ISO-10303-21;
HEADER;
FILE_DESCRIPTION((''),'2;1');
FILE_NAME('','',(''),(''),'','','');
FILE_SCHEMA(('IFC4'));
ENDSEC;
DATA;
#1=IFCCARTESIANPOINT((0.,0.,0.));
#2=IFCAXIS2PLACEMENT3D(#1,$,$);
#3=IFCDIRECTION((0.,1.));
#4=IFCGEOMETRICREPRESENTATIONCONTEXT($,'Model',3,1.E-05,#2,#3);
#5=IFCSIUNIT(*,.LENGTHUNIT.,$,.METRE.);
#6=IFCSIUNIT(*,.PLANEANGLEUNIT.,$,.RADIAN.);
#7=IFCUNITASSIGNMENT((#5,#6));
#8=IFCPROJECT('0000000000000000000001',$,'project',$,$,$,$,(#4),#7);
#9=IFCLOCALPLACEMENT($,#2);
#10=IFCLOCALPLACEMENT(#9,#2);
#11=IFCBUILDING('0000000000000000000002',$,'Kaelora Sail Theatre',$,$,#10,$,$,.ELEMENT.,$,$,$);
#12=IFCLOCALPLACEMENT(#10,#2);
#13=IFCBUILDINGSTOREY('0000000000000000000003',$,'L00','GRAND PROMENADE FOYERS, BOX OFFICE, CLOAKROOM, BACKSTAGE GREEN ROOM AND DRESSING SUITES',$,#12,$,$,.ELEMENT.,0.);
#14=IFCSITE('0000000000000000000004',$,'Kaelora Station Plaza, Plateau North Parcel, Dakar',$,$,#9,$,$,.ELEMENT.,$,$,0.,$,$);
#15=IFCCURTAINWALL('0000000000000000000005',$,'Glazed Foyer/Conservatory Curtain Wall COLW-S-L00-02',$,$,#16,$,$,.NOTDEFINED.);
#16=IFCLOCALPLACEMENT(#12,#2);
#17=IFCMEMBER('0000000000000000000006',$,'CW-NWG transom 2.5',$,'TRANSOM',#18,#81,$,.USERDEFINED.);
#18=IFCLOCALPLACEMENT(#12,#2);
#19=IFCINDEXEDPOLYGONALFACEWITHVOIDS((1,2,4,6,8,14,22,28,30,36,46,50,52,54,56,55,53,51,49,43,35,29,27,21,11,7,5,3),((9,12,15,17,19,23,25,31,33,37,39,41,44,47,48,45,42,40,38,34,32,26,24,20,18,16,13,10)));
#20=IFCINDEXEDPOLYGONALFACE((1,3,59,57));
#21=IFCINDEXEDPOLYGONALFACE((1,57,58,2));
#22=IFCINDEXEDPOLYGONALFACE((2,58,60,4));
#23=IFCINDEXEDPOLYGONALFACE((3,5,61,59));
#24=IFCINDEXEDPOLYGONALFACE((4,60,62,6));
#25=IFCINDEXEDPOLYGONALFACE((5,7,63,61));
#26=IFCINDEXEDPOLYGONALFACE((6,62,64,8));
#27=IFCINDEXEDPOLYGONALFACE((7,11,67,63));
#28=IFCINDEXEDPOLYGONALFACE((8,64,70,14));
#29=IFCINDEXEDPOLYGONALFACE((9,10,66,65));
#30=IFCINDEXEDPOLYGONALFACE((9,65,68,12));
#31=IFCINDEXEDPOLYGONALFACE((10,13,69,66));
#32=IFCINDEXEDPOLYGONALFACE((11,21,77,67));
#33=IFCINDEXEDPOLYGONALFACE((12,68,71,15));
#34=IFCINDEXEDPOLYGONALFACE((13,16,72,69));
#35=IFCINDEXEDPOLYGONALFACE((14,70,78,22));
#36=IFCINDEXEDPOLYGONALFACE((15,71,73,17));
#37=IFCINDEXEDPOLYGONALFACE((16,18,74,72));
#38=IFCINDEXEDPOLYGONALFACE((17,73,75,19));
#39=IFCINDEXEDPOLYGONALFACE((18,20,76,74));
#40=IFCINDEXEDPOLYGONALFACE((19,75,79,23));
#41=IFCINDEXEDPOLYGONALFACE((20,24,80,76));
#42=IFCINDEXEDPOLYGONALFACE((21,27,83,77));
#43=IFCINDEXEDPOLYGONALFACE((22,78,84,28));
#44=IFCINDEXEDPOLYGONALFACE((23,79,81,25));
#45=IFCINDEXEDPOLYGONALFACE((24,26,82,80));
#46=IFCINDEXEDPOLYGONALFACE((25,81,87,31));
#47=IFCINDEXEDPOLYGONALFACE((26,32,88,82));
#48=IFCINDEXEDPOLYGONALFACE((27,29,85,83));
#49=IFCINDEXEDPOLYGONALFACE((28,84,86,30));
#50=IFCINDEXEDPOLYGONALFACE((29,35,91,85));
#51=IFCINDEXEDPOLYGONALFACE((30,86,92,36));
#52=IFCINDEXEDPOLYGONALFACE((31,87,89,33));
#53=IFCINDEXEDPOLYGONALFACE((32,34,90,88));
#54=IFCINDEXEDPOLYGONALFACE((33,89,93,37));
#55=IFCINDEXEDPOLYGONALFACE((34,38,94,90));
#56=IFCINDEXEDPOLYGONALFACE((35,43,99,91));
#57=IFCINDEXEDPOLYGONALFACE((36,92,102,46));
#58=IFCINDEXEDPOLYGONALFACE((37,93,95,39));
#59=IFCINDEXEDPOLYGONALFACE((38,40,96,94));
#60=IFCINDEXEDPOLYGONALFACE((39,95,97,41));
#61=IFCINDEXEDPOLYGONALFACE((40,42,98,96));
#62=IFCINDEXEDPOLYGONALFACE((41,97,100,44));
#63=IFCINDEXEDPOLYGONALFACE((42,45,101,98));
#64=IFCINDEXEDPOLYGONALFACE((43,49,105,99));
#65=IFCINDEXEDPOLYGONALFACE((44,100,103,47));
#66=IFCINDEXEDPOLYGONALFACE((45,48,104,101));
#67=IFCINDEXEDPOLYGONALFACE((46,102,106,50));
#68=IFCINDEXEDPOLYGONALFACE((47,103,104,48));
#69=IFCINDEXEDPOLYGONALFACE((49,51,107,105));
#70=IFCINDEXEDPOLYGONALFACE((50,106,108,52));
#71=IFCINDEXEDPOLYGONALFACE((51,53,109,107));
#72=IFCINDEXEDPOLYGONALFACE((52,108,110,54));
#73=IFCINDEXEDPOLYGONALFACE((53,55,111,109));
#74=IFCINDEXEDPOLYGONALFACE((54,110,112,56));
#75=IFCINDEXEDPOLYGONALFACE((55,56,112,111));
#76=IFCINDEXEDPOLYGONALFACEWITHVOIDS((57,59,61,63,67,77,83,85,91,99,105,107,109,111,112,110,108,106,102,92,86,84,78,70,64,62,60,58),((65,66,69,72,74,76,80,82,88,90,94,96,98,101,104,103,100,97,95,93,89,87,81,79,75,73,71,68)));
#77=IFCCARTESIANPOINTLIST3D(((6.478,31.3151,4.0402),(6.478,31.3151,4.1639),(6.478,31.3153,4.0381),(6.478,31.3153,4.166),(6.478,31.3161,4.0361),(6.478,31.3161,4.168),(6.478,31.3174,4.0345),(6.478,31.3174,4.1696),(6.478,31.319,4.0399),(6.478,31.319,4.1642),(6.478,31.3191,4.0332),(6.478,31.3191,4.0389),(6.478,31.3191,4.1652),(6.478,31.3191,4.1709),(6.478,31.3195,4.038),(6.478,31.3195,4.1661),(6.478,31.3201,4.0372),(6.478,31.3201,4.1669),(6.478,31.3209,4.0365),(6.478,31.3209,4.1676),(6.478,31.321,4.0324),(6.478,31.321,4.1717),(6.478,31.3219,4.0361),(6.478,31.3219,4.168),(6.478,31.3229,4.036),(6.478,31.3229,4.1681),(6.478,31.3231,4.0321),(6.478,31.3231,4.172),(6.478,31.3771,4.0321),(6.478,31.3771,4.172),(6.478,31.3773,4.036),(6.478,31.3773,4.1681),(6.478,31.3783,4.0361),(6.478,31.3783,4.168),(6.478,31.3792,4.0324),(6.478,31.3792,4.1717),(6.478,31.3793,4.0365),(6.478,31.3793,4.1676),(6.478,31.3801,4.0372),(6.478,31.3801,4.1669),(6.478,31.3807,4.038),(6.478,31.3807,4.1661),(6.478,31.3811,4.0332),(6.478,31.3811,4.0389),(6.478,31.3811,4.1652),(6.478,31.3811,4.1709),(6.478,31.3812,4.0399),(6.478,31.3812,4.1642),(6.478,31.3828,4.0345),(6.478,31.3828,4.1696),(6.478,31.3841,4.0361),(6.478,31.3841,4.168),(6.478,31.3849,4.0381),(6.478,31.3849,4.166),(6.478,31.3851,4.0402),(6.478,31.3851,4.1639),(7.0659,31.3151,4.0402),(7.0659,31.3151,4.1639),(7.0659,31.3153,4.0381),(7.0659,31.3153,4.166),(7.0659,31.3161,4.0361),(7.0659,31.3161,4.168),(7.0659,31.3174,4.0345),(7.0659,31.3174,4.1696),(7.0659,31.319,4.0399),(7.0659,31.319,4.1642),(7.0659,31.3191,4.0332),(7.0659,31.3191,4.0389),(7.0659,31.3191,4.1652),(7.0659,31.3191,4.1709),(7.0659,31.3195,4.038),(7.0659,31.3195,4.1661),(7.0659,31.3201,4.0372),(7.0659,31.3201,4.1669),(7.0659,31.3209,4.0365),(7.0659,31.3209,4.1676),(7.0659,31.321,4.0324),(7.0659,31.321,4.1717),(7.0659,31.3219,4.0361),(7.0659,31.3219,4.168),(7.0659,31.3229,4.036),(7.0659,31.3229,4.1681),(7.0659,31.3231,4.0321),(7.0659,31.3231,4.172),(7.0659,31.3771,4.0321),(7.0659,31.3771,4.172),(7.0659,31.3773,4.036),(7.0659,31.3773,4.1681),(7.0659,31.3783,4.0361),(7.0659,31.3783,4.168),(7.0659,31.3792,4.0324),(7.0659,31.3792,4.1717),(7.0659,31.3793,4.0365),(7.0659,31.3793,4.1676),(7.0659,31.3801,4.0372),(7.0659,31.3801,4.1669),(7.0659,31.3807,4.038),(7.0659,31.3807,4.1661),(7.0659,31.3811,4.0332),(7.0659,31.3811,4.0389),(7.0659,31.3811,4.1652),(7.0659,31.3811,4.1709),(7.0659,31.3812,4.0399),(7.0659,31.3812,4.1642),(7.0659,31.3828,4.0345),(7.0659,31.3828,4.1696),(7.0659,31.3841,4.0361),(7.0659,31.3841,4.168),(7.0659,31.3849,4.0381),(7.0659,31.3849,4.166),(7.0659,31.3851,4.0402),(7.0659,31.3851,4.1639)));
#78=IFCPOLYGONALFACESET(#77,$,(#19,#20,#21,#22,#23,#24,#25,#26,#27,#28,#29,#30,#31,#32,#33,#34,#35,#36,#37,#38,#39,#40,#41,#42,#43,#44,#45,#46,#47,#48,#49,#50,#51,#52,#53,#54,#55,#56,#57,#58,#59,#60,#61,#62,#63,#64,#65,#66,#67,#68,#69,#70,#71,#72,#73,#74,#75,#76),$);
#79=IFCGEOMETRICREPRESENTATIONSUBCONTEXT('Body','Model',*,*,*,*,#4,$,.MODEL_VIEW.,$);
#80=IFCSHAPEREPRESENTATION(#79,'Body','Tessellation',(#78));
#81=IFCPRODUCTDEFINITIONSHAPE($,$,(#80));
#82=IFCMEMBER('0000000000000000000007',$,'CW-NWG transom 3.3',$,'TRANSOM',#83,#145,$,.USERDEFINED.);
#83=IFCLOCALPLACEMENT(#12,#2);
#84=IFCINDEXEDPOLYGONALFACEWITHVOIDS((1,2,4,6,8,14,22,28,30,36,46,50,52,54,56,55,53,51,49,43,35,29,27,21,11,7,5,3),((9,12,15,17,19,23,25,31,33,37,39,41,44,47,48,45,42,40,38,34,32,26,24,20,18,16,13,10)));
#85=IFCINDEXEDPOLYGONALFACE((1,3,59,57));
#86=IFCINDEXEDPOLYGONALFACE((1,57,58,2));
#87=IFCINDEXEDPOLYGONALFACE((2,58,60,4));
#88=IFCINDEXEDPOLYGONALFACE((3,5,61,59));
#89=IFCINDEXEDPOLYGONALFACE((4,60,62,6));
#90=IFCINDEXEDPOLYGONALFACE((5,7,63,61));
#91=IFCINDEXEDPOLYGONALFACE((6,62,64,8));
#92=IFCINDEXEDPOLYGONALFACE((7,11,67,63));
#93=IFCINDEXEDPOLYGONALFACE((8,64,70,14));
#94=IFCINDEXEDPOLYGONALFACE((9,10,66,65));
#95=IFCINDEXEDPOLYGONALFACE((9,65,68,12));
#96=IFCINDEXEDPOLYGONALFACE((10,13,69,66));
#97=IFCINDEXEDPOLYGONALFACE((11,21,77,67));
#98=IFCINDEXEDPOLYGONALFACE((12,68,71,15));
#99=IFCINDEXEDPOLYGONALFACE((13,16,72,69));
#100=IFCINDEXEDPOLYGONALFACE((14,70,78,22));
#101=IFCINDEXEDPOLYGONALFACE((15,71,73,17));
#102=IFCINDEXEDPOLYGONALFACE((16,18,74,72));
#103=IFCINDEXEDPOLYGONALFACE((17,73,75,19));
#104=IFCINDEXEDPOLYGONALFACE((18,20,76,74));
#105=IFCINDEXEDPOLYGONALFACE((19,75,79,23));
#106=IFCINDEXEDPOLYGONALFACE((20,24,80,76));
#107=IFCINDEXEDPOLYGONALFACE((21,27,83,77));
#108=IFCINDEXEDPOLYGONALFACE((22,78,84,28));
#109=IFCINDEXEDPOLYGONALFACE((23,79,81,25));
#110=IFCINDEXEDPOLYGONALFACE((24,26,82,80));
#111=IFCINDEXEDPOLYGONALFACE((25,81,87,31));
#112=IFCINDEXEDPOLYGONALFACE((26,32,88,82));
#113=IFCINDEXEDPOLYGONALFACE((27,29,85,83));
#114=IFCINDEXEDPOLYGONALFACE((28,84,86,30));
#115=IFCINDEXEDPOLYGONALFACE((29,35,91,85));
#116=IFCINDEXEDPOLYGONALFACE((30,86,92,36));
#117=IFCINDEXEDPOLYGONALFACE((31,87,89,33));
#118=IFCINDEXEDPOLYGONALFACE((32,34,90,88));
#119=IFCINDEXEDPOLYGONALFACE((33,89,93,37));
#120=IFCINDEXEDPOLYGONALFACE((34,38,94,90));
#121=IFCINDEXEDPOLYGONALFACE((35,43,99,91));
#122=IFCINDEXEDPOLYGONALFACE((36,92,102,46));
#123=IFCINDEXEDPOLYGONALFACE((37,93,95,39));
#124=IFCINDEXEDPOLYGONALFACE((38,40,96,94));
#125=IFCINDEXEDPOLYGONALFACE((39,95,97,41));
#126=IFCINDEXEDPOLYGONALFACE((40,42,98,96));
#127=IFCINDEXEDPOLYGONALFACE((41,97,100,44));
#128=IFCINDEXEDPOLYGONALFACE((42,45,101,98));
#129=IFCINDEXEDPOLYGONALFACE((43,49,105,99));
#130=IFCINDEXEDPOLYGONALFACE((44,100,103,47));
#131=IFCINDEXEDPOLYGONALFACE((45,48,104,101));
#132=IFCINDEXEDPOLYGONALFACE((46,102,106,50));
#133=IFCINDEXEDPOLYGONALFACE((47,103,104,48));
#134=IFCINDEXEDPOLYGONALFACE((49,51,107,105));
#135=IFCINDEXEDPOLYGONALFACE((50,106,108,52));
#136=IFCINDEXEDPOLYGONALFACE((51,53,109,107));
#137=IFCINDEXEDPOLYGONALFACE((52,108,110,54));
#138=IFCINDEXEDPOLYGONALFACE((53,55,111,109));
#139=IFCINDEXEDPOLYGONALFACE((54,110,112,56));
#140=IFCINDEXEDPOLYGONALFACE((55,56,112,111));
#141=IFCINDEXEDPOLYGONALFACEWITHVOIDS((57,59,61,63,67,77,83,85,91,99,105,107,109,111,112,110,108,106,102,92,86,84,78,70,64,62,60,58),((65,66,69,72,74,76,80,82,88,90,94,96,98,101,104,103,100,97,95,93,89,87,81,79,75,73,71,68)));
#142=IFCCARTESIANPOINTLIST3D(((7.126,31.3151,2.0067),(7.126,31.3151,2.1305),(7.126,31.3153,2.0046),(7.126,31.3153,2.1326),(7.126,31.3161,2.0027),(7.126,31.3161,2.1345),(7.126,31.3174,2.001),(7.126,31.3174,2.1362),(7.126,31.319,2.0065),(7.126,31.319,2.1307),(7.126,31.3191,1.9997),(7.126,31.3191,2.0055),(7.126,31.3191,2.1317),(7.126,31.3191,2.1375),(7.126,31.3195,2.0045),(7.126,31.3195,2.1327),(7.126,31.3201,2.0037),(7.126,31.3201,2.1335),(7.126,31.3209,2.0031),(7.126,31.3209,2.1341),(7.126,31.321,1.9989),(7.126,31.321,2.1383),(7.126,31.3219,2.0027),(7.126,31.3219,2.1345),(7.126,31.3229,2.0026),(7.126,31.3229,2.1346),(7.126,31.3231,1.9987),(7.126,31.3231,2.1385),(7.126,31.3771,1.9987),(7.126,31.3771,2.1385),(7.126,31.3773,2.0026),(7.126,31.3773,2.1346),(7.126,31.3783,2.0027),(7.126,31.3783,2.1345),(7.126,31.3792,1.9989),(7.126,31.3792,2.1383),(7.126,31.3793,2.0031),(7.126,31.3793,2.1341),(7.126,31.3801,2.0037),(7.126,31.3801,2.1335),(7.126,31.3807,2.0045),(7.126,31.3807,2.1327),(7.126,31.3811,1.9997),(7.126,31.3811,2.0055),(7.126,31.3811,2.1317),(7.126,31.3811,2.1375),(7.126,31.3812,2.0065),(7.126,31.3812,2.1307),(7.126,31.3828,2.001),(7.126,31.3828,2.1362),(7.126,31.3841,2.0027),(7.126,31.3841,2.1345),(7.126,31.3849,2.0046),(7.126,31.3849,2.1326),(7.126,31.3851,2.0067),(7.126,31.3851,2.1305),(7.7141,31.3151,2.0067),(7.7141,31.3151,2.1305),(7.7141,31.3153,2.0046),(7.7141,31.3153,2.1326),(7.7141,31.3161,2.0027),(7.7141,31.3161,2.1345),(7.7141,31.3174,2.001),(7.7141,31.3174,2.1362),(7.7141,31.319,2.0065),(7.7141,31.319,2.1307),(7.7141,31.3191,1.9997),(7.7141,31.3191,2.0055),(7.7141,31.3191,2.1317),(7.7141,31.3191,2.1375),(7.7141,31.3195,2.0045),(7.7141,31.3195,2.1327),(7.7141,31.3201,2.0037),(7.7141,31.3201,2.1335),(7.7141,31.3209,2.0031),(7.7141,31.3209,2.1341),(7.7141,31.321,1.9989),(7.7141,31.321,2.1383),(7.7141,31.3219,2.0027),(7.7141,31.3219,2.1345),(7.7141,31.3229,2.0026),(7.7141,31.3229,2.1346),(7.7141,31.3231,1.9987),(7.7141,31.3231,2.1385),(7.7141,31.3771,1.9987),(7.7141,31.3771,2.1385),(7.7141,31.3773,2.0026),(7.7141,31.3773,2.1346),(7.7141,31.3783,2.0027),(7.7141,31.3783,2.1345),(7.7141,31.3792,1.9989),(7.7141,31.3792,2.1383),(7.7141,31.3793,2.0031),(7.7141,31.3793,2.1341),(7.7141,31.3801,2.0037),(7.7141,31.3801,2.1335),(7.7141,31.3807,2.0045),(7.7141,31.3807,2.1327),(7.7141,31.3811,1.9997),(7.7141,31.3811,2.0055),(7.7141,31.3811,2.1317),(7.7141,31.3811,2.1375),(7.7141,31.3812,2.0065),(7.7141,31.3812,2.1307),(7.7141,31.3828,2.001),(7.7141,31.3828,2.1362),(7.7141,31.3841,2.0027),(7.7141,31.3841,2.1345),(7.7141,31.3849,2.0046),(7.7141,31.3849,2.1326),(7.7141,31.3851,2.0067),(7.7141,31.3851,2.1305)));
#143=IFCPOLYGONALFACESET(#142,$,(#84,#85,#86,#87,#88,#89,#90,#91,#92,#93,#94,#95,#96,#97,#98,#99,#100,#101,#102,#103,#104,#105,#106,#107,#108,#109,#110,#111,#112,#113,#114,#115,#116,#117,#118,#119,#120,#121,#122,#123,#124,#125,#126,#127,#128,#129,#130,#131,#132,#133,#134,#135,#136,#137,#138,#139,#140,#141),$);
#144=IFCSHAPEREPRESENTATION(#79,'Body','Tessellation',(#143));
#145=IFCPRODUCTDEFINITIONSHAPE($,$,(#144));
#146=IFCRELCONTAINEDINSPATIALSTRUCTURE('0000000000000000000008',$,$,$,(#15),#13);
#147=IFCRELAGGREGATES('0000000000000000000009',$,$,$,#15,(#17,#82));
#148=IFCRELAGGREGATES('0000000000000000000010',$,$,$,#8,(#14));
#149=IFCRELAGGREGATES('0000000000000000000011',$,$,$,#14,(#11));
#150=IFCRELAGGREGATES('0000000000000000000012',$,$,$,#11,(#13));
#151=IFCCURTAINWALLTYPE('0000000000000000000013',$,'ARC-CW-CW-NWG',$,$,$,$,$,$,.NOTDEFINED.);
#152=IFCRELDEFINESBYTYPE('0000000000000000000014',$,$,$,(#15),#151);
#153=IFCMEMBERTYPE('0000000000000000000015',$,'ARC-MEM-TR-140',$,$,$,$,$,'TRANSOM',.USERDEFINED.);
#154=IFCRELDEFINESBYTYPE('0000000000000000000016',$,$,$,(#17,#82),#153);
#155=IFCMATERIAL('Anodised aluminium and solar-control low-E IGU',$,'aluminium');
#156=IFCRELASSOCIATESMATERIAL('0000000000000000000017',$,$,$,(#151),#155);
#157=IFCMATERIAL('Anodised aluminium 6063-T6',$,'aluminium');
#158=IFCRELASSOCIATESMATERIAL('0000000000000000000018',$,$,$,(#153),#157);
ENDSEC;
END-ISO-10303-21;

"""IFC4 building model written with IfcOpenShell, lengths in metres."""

from ifc_helpers import new_model, si_unit, direction, frame, origin, origin_2d, place, context, subcontext, project, spatial, hollow_rectangle, extrude, material, material_profile, profile_set, type_object, element, aggregate, save


model = new_model("IFC4")

# Units and contexts
model_context = context("Model", 3, precision=1e-05, world=origin(), true_north=direction((0.0, 1.0)))
body_context = subcontext(model_context, "Body", "Model", "MODEL_VIEW")
ifc_project = project(units=[si_unit("LENGTHUNIT", "METRE"), si_unit("PLANEANGLEUNIT", "RADIAN")], contexts=[model_context])

# Site, building, storey
site_placement = place(None, origin())
site = spatial("IfcSite", under=ifc_project, at=site_placement, Name="Kaelora Station Plaza, Plateau North Parcel, Dakar", CompositionType="ELEMENT", RefElevation=0.0)
building_placement = place(site_placement, origin())
building = spatial("IfcBuilding", under=site, at=building_placement, Name="Kaelora Sail Theatre", CompositionType="ELEMENT")
storey_placement = place(building_placement, origin())
storey = spatial("IfcBuildingStorey", under=building, at=storey_placement, Name="L00", Description="GRAND PROMENADE FOYERS, BOX OFFICE, CLOAKROOM, BACKSTAGE GREEN ROOM AND DRESSING SUITES", CompositionType="ELEMENT", Elevation=0.0)

# Curtain wall, members
ifc_material_1 = material(Name="Anodised aluminium and solar-control low-E IGU", Category="aluminium")
curtain_wall_type = type_object("IfcCurtainWallType", Name="ARC-CW-CW-NWG", PredefinedType="NOTDEFINED", material=ifc_material_1)
ifc_material_2 = material(Name="Anodised aluminium 6063-T6", Category="aluminium")
ifc_material_profile = material_profile(ifc_material_2, hollow_rectangle(XDim=0.0701, YDim=0.1399, WallThickness=0.0039, InnerFilletRadius=0.0039, OuterFilletRadius=0.0081, at=origin_2d()), Name="ALU-TRAN 70x140x4")
ifc_profile_set = profile_set([ifc_material_profile], Name="Anodised aluminium 6063-T6")
member_type = type_object("IfcMemberType", Name="ARC-MEM-TR-140", ElementType="TRANSOM", PredefinedType="USERDEFINED", material=ifc_profile_set)
curtain_wall_1_placement = place(storey_placement, origin())
curtain_wall_1 = element("IfcCurtainWall", 1, at=curtain_wall_1_placement, inside=storey, type_object=curtain_wall_type, Name="Glazed Foyer/Conservatory Curtain Wall COLW-S-L00-02", PredefinedType="NOTDEFINED")
member_1_placement = place(storey_placement, frame((6.478, 31.3501, 4.1021), z_axis=(1.0, 0.0, 0.0), x_axis=(0.0, 1.0, 0.0)))
member_1 = element("IfcMember", 2, at=member_1_placement, type_object=member_type, Name="CW-NWG transom 2.5", ObjectType="TRANSOM", PredefinedType="USERDEFINED", context=body_context, shape_type="SweptSolid", body=[
    extrude(hollow_rectangle(XDim=0.0701, YDim=0.1399, WallThickness=0.0039, InnerFilletRadius=0.0039, OuterFilletRadius=0.0081, at=origin_2d()), origin(), (0.0, 0.0, 1.0), 0.5879),
])
member_2_placement = place(storey_placement, frame((7.126, 31.3501, 2.0686), z_axis=(1.0, 0.0, 0.0), x_axis=(0.0, 1.0, 0.0)))
member_2 = element("IfcMember", 3, at=member_2_placement, type_object=member_type, Name="CW-NWG transom 3.3", ObjectType="TRANSOM", PredefinedType="USERDEFINED", context=body_context, shape_type="SweptSolid", body=[
    extrude(hollow_rectangle(XDim=0.0701, YDim=0.1399, WallThickness=0.0039, InnerFilletRadius=0.0039, OuterFilletRadius=0.0081, at=origin_2d()), origin(), (0.0, 0.0, 1.0), 0.5881),
])

aggregate(curtain_wall_1, [member_1, member_2])

save(model, "model.ifc")
